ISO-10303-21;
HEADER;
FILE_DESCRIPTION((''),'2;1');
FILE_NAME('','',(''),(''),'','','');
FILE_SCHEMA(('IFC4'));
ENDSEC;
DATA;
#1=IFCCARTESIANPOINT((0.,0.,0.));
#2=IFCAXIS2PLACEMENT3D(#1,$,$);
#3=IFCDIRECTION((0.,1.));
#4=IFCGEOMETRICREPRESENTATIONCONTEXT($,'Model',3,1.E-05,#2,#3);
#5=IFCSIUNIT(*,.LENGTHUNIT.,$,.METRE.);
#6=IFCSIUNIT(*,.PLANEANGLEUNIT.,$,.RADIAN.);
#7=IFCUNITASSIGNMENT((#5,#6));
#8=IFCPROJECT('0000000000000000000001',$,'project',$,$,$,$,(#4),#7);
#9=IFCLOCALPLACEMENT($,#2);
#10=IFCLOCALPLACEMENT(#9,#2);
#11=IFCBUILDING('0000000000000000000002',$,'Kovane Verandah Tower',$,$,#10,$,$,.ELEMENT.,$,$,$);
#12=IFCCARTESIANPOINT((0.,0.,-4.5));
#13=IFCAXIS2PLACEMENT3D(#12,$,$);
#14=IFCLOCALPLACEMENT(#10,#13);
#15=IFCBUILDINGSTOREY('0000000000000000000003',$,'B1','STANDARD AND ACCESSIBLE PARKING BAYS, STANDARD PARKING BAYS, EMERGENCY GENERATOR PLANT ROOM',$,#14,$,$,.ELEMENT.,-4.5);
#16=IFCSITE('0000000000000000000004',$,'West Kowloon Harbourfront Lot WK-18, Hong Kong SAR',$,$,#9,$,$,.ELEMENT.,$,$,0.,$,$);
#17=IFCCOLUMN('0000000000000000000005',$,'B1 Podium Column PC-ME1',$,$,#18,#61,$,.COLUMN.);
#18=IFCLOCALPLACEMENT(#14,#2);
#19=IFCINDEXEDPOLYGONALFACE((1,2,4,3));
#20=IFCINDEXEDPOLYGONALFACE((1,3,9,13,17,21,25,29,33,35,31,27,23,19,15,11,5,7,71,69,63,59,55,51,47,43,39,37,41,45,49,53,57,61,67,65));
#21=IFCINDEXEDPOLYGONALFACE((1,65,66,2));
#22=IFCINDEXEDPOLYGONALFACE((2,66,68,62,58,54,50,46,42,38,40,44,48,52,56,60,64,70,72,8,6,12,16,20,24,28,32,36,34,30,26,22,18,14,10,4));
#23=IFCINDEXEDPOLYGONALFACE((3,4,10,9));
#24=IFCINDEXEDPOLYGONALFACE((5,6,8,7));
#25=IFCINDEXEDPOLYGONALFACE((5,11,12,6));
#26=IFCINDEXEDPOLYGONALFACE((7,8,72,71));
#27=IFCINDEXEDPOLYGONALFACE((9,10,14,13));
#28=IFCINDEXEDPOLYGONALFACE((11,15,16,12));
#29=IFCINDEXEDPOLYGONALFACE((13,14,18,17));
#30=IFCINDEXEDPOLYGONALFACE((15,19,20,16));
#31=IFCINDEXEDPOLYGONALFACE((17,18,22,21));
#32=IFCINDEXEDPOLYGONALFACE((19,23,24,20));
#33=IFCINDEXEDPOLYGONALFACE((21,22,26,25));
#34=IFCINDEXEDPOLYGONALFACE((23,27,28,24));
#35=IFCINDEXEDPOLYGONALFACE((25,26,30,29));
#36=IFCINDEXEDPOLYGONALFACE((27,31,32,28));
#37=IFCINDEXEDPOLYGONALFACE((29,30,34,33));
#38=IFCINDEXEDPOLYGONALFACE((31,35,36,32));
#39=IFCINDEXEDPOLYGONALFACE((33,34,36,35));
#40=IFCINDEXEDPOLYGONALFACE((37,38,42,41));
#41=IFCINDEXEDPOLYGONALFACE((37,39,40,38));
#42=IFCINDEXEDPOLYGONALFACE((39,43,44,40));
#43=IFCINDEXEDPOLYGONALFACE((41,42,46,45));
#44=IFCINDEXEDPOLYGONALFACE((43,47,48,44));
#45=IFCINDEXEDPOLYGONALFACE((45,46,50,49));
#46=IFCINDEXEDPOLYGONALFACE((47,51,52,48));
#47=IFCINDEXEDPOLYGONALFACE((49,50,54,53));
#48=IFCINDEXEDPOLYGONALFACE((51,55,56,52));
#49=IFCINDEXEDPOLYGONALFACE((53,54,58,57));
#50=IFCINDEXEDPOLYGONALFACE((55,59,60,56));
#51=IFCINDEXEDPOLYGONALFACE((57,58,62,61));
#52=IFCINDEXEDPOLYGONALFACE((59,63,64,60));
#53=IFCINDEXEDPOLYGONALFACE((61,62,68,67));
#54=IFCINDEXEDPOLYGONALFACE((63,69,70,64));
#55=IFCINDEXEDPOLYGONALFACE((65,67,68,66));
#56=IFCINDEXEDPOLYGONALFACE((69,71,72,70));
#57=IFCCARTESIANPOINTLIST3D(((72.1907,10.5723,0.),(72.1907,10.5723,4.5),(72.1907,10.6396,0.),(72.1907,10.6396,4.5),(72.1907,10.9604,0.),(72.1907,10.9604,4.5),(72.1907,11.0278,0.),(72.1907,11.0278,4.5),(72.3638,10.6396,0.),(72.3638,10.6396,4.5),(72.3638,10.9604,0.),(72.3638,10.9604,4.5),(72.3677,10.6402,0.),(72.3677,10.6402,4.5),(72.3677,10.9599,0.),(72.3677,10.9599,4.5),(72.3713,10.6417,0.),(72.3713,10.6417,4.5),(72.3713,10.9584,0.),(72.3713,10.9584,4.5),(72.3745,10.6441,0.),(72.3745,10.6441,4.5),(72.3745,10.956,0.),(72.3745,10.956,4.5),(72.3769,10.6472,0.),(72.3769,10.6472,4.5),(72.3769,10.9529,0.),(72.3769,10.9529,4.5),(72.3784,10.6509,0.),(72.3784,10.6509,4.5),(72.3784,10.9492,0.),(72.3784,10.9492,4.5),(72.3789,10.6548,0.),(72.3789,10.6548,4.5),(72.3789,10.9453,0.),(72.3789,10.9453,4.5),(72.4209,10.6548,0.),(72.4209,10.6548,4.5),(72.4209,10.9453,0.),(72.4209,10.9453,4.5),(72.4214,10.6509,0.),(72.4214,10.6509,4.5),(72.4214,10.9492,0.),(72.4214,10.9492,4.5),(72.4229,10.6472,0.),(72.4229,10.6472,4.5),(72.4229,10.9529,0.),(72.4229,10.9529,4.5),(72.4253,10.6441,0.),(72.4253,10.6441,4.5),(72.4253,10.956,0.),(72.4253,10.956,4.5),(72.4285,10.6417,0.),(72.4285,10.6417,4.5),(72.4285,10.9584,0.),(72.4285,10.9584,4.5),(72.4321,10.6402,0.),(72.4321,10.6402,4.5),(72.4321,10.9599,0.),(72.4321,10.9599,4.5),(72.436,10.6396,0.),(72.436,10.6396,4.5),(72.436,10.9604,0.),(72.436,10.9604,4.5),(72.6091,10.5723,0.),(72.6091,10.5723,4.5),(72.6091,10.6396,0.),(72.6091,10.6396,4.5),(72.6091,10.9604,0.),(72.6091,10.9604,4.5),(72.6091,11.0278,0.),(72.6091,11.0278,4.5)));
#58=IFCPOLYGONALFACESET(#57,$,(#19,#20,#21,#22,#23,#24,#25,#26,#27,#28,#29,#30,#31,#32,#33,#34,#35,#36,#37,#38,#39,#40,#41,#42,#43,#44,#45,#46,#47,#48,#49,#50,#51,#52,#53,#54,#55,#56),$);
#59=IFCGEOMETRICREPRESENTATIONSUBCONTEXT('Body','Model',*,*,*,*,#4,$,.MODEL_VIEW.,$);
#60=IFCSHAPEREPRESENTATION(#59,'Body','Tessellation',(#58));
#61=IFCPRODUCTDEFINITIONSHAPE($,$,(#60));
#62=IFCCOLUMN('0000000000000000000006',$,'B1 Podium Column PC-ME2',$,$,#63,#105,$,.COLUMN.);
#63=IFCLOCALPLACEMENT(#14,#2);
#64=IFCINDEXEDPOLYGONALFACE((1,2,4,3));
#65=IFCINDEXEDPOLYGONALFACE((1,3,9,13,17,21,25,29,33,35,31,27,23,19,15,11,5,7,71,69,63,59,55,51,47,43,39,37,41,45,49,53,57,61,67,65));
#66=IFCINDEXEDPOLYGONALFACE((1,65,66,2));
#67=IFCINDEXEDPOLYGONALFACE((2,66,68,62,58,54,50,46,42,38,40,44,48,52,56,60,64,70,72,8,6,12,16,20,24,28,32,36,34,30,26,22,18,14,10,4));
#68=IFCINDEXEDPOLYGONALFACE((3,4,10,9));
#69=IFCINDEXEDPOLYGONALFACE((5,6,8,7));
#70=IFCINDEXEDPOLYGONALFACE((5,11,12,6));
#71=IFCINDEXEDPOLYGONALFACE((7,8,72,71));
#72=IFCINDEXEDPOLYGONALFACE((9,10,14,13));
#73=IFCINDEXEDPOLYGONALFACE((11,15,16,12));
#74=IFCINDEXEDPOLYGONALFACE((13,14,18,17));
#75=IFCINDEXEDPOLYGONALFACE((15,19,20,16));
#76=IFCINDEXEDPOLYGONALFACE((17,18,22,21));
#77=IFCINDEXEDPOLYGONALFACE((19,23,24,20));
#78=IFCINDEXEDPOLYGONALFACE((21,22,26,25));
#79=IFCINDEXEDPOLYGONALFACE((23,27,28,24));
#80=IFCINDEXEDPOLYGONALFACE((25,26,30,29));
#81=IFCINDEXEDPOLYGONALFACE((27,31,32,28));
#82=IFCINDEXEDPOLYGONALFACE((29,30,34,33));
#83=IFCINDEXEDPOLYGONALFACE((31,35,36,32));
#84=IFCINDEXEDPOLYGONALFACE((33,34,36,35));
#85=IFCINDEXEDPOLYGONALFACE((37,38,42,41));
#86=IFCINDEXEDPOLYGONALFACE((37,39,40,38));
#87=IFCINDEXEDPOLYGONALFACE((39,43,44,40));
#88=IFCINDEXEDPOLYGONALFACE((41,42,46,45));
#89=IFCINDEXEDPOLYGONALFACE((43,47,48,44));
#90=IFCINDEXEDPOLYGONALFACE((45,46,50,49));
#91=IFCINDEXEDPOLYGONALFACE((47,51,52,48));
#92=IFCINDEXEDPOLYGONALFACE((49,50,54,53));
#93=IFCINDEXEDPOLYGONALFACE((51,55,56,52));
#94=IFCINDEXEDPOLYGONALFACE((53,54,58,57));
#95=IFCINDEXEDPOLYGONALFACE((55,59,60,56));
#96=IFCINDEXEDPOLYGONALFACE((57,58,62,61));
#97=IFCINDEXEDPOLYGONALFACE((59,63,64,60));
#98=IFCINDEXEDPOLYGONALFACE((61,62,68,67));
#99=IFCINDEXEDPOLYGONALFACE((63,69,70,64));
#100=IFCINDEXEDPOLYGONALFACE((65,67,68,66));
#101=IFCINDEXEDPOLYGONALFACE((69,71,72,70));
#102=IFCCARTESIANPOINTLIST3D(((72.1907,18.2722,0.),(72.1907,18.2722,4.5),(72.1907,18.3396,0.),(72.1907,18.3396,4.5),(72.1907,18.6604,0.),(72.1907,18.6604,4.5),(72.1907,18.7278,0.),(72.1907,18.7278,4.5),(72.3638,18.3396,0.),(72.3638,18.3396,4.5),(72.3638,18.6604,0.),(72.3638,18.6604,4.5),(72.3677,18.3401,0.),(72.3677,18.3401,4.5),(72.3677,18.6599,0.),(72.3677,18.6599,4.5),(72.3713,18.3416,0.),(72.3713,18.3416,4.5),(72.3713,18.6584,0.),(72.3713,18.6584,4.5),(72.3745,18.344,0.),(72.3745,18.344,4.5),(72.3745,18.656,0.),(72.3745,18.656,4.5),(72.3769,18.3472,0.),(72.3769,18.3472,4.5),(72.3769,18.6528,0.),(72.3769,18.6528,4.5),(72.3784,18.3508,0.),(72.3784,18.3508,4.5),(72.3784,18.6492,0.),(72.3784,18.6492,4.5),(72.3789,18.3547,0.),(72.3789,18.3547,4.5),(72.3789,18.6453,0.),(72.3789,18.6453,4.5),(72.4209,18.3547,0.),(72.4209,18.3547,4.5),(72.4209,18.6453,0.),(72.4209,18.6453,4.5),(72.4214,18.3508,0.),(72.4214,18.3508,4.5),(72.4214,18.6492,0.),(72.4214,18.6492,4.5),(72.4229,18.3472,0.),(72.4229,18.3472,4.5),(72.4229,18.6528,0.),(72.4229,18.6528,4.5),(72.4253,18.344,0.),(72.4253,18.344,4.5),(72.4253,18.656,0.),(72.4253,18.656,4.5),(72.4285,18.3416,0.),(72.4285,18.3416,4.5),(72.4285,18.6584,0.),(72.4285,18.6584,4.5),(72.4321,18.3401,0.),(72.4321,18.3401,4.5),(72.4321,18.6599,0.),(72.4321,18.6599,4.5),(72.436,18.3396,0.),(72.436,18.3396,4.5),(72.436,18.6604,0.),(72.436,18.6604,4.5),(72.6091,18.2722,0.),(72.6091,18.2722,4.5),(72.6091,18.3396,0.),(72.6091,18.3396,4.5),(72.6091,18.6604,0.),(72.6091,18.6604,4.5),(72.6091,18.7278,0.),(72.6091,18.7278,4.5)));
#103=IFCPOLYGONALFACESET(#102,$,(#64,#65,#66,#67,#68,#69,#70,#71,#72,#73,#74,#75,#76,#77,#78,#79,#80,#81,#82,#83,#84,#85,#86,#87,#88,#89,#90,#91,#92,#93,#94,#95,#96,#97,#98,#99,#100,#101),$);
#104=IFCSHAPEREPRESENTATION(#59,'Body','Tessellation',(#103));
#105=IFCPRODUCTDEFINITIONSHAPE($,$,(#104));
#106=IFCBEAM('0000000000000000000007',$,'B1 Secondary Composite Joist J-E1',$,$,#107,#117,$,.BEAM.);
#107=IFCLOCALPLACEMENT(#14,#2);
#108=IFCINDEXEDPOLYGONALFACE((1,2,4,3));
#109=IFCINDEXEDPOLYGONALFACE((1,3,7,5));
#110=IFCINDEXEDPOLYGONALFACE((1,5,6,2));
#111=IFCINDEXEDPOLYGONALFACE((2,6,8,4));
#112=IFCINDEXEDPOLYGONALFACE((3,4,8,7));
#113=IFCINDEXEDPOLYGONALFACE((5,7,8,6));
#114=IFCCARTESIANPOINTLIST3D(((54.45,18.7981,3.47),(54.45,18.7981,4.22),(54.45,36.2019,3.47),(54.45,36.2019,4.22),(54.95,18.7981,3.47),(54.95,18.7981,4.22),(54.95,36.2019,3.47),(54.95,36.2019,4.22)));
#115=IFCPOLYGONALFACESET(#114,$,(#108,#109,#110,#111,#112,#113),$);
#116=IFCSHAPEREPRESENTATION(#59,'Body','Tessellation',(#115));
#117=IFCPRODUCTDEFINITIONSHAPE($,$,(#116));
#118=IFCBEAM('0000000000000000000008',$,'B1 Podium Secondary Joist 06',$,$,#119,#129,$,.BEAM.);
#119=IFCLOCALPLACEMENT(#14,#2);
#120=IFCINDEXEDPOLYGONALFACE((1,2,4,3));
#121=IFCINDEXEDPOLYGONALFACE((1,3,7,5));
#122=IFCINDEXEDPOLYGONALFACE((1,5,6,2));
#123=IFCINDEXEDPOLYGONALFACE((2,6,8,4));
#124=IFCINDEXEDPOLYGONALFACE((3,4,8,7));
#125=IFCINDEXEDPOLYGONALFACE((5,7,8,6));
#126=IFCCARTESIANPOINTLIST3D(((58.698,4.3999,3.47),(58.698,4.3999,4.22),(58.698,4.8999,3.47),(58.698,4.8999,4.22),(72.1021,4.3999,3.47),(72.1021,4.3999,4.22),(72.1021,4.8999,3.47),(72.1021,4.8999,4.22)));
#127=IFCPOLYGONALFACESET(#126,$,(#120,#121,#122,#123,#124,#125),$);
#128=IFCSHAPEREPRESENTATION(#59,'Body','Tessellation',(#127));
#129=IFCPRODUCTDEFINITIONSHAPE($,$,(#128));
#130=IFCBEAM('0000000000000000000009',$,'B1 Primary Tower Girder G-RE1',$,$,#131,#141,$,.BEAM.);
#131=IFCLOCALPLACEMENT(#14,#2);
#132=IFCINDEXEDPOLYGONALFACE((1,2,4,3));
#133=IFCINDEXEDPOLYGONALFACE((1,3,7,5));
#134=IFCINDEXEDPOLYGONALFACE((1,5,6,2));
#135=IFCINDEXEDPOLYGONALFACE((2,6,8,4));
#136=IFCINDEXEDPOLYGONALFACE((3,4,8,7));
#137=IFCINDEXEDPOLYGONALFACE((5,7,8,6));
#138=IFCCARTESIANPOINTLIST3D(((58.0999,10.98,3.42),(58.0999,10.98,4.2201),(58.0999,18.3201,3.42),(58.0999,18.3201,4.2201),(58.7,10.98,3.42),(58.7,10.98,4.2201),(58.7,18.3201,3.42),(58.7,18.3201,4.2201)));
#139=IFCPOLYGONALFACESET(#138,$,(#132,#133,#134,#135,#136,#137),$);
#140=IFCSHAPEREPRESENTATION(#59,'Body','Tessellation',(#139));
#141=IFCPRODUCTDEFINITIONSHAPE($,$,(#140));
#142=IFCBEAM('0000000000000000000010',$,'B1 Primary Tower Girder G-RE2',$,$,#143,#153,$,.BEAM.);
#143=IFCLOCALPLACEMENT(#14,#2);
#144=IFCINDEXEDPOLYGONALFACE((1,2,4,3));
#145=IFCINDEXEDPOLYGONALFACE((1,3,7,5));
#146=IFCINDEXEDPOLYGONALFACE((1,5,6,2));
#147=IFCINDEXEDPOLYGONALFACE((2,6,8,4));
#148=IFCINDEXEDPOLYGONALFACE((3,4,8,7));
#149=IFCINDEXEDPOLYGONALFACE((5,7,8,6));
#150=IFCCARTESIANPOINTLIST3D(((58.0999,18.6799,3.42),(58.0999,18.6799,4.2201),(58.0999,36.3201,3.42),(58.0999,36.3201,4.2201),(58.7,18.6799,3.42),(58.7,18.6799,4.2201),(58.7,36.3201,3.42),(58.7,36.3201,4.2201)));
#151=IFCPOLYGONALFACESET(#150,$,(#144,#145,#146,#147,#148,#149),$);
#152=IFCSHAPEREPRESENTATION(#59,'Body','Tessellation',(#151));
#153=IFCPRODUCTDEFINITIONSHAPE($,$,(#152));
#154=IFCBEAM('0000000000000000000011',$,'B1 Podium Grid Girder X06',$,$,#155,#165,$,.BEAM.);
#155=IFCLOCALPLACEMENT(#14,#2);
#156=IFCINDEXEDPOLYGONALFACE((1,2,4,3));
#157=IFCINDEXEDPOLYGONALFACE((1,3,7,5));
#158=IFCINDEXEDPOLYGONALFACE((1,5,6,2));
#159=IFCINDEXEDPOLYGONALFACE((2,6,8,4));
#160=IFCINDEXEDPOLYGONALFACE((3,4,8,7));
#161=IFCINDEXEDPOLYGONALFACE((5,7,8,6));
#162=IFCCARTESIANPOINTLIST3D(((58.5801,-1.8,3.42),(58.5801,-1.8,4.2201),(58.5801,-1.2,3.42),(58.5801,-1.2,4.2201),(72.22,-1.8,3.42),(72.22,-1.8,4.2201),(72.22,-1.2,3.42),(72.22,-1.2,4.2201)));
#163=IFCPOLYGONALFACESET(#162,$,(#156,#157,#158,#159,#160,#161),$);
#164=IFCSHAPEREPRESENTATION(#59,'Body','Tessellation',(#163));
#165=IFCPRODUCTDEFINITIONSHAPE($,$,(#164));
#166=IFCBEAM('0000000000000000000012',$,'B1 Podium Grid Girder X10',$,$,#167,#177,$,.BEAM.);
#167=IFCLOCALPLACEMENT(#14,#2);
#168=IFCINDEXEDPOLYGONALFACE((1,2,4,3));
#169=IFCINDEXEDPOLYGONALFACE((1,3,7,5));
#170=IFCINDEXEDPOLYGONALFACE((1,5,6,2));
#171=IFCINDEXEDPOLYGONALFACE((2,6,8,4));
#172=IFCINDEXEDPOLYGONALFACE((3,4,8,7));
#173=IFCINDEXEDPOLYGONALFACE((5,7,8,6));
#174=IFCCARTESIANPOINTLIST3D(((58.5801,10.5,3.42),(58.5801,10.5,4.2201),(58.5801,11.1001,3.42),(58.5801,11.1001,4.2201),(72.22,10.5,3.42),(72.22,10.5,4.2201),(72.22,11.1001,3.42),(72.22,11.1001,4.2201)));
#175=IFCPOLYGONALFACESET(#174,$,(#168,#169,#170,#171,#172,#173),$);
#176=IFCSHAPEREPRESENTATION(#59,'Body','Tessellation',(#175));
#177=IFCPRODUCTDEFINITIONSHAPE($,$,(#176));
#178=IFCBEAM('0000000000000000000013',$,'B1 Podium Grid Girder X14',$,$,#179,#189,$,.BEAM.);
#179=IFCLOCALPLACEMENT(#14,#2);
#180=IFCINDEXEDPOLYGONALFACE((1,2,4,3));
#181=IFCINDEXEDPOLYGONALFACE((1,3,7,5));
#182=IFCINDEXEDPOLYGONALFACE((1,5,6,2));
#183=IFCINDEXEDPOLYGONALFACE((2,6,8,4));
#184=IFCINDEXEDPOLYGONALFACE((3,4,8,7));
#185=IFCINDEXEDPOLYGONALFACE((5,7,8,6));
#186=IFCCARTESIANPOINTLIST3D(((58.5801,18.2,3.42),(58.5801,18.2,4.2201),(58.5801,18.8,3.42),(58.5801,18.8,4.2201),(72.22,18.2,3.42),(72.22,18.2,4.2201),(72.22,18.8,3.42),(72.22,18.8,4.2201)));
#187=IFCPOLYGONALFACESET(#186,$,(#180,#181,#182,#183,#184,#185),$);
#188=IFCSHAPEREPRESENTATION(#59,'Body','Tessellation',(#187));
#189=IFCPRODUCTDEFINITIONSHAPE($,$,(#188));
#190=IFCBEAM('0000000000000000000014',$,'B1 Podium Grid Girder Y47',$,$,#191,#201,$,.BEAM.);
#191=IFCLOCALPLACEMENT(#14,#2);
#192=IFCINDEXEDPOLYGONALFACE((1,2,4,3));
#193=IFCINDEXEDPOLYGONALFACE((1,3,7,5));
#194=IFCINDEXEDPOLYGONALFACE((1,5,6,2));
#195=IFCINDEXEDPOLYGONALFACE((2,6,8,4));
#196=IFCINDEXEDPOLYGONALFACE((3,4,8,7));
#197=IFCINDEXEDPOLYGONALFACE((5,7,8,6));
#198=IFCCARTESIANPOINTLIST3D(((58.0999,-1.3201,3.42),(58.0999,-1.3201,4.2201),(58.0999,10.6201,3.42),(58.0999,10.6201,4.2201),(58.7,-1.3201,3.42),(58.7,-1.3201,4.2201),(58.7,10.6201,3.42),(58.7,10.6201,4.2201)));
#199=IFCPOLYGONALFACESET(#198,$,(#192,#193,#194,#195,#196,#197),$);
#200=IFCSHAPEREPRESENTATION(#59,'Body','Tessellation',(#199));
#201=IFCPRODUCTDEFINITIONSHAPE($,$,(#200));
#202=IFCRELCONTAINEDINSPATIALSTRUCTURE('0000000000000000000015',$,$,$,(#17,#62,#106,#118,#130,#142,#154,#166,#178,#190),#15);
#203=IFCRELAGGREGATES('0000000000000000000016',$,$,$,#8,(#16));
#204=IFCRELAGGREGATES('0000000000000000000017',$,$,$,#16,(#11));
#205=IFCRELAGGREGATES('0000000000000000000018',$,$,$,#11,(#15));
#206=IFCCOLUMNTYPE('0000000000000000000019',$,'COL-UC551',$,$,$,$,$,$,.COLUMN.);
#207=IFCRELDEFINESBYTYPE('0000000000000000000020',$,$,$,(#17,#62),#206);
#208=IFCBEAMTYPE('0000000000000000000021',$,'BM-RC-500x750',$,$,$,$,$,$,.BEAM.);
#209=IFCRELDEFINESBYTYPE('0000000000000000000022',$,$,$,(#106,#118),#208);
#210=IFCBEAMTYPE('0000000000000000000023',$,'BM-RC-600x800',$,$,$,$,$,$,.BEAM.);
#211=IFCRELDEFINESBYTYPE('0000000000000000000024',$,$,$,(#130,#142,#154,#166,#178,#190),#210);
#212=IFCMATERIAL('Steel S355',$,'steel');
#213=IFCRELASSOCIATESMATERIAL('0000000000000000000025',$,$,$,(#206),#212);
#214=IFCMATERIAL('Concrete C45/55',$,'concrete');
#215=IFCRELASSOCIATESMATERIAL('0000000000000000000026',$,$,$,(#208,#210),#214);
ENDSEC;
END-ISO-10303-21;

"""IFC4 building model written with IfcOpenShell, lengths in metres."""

from ifc_helpers import new_model, si_unit, direction, frame, origin, origin_2d, place, context, subcontext, project, spatial, rectangle, i_section, extrude, material, material_profile, profile_set, type_object, element, save


model = new_model("IFC4")

# Units and contexts
model_context = context("Model", 3, precision=1e-05, world=origin(), true_north=direction((0.0, 1.0)))
body_context = subcontext(model_context, "Body", "Model", "MODEL_VIEW")
ifc_project = project(units=[si_unit("LENGTHUNIT", "METRE"), si_unit("PLANEANGLEUNIT", "RADIAN")], contexts=[model_context])

# Site, building, storey
site_placement = place(None, origin())
site = spatial("IfcSite", under=ifc_project, at=site_placement, Name="West Kowloon Harbourfront Lot WK-18, Hong Kong SAR", CompositionType="ELEMENT", RefElevation=0.0)
building_placement = place(site_placement, origin())
building = spatial("IfcBuilding", under=site, at=building_placement, Name="Kovane Verandah Tower", CompositionType="ELEMENT")
storey_placement = place(building_placement, frame((0.0, 0.0, -4.5)))
storey = spatial("IfcBuildingStorey", under=building, at=storey_placement, Name="B1", Description="STANDARD AND ACCESSIBLE PARKING BAYS, STANDARD PARKING BAYS, EMERGENCY GENERATOR PLANT ROOM", CompositionType="ELEMENT", Elevation=-4.5)

# Columns
ifc_material_1 = material(Name="Steel S355", Category="steel")
ifc_material_profile_1 = material_profile(ifc_material_1, i_section(OverallWidth=0.4185, OverallDepth=0.4556, WebThickness=0.042, FlangeThickness=0.0674, FilletRadius=0.0151, at=origin_2d()), Name="UC356x406x551")
ifc_profile_set_1 = profile_set([ifc_material_profile_1], Name="Steel S355")
column_type_1 = type_object("IfcColumnType", Name="COL-UC551", PredefinedType="COLUMN", material=ifc_profile_set_1)
for number, where, z_axis, x_axis, name in (
    (1, (72.3999, 10.8, 0.0), (0.0, 0.0, 1.0), (1.0, 0.0, 0.0), "B1 Podium Column PC-ME1"),
    (2, (72.3999, 18.5, 0.0), (0.0, 0.0, 1.0), (1.0, 0.0, 0.0), "B1 Podium Column PC-ME2"),
):
    element("IfcColumn", number, at=place(storey_placement, frame(where, z_axis=z_axis, x_axis=x_axis)), inside=storey, type_object=column_type_1, Name=name, PredefinedType="COLUMN", context=body_context, shape_type="SweptSolid", body=[
        extrude(i_section(OverallWidth=0.4185, OverallDepth=0.4556, WebThickness=0.042, FlangeThickness=0.0674, FilletRadius=0.0151, at=origin_2d()), origin(), (0.0, 0.0, 1.0), 4.5),
    ])

# Beams
ifc_material_2 = material(Name="Concrete C45/55", Category="concrete")
ifc_material_profile_2 = material_profile(ifc_material_2, rectangle(XDim=0.5, YDim=0.75, at=origin_2d()), Name="RCB500x750")
ifc_profile_set_2 = profile_set([ifc_material_profile_2], Name="Concrete C45/55")
beam_type_1 = type_object("IfcBeamType", Name="BM-RC-500x750", PredefinedType="BEAM", material=ifc_profile_set_2)
beam_1_placement = place(storey_placement, frame((54.7, 18.7981, 3.845), z_axis=(0.0, 1.0, 0.0), x_axis=(-1.0, 0.0, 0.0)))
element("IfcBeam", 3, at=beam_1_placement, inside=storey, type_object=beam_type_1, Name="B1 Secondary Composite Joist J-E1", PredefinedType="BEAM", context=body_context, shape_type="SweptSolid", body=[
    extrude(rectangle(XDim=0.5, YDim=0.75, at=origin_2d()), origin(), (0.0, 0.0, 1.0), 17.4038),
])
beam_2_placement = place(storey_placement, frame((58.698, 4.6499, 3.845), z_axis=(1.0, 0.0, 0.0), x_axis=(0.0, 1.0, 0.0)))
element("IfcBeam", 4, at=beam_2_placement, inside=storey, type_object=beam_type_1, Name="B1 Podium Secondary Joist 06", PredefinedType="BEAM", context=body_context, shape_type="SweptSolid", body=[
    extrude(rectangle(XDim=0.5, YDim=0.75, at=origin_2d()), origin(), (0.0, 0.0, 1.0), 13.4041),
])
ifc_material_profile_3 = material_profile(ifc_material_2, rectangle(XDim=0.6001, YDim=0.8, at=origin_2d()), Name="RCB600x800")
ifc_profile_set_3 = profile_set([ifc_material_profile_3], Name="Concrete C45/55")
beam_type_2 = type_object("IfcBeamType", Name="BM-RC-600x800", PredefinedType="BEAM", material=ifc_profile_set_3)
beam_3_placement = place(storey_placement, frame((58.3999, 10.98, 3.8201), z_axis=(0.0, 1.0, 0.0), x_axis=(-1.0, 0.0, 0.0)))
element("IfcBeam", 5, at=beam_3_placement, inside=storey, type_object=beam_type_2, Name="B1 Primary Tower Girder G-RE1", PredefinedType="BEAM", context=body_context, shape_type="SweptSolid", body=[
    extrude(rectangle(XDim=0.6001, YDim=0.8, at=origin_2d()), origin(), (0.0, 0.0, 1.0), 7.3401),
])
beam_4_placement = place(storey_placement, frame((58.3999, 18.6799, 3.8201), z_axis=(0.0, 1.0, 0.0), x_axis=(-1.0, 0.0, 0.0)))
element("IfcBeam", 6, at=beam_4_placement, inside=storey, type_object=beam_type_2, Name="B1 Primary Tower Girder G-RE2", PredefinedType="BEAM", context=body_context, shape_type="SweptSolid", body=[
    extrude(rectangle(XDim=0.6001, YDim=0.8, at=origin_2d()), origin(), (0.0, 0.0, 1.0), 17.6401),
])
for number, where, z_axis, x_axis, name in (
    (7, (58.5801, -1.5, 3.8201), (1.0, 0.0, 0.0), (0.0, 1.0, 0.0), "B1 Podium Grid Girder X06"),
    (8, (58.5801, 10.8, 3.8201), (1.0, 0.0, 0.0), (0.0, 1.0, 0.0), "B1 Podium Grid Girder X10"),
    (9, (58.5801, 18.5, 3.8201), (1.0, 0.0, 0.0), (0.0, 1.0, 0.0), "B1 Podium Grid Girder X14"),
):
    element("IfcBeam", number, at=place(storey_placement, frame(where, z_axis=z_axis, x_axis=x_axis)), inside=storey, type_object=beam_type_2, Name=name, PredefinedType="BEAM", context=body_context, shape_type="SweptSolid", body=[
        extrude(rectangle(XDim=0.6001, YDim=0.8, at=origin_2d()), origin(), (0.0, 0.0, 1.0), 13.6399),
    ])
for number, where, z_axis, x_axis, name in (
    (10, (58.3999, -1.3201, 3.8201), (0.0, 1.0, 0.0), (-1.0, 0.0, 0.0), "B1 Podium Grid Girder Y47"),
):
    element("IfcBeam", number, at=place(storey_placement, frame(where, z_axis=z_axis, x_axis=x_axis)), inside=storey, type_object=beam_type_2, Name=name, PredefinedType="BEAM", context=body_context, shape_type="SweptSolid", body=[
        extrude(rectangle(XDim=0.6001, YDim=0.8, at=origin_2d()), origin(), (0.0, 0.0, 1.0), 11.9402),
    ])

save(model, "model.ifc")
